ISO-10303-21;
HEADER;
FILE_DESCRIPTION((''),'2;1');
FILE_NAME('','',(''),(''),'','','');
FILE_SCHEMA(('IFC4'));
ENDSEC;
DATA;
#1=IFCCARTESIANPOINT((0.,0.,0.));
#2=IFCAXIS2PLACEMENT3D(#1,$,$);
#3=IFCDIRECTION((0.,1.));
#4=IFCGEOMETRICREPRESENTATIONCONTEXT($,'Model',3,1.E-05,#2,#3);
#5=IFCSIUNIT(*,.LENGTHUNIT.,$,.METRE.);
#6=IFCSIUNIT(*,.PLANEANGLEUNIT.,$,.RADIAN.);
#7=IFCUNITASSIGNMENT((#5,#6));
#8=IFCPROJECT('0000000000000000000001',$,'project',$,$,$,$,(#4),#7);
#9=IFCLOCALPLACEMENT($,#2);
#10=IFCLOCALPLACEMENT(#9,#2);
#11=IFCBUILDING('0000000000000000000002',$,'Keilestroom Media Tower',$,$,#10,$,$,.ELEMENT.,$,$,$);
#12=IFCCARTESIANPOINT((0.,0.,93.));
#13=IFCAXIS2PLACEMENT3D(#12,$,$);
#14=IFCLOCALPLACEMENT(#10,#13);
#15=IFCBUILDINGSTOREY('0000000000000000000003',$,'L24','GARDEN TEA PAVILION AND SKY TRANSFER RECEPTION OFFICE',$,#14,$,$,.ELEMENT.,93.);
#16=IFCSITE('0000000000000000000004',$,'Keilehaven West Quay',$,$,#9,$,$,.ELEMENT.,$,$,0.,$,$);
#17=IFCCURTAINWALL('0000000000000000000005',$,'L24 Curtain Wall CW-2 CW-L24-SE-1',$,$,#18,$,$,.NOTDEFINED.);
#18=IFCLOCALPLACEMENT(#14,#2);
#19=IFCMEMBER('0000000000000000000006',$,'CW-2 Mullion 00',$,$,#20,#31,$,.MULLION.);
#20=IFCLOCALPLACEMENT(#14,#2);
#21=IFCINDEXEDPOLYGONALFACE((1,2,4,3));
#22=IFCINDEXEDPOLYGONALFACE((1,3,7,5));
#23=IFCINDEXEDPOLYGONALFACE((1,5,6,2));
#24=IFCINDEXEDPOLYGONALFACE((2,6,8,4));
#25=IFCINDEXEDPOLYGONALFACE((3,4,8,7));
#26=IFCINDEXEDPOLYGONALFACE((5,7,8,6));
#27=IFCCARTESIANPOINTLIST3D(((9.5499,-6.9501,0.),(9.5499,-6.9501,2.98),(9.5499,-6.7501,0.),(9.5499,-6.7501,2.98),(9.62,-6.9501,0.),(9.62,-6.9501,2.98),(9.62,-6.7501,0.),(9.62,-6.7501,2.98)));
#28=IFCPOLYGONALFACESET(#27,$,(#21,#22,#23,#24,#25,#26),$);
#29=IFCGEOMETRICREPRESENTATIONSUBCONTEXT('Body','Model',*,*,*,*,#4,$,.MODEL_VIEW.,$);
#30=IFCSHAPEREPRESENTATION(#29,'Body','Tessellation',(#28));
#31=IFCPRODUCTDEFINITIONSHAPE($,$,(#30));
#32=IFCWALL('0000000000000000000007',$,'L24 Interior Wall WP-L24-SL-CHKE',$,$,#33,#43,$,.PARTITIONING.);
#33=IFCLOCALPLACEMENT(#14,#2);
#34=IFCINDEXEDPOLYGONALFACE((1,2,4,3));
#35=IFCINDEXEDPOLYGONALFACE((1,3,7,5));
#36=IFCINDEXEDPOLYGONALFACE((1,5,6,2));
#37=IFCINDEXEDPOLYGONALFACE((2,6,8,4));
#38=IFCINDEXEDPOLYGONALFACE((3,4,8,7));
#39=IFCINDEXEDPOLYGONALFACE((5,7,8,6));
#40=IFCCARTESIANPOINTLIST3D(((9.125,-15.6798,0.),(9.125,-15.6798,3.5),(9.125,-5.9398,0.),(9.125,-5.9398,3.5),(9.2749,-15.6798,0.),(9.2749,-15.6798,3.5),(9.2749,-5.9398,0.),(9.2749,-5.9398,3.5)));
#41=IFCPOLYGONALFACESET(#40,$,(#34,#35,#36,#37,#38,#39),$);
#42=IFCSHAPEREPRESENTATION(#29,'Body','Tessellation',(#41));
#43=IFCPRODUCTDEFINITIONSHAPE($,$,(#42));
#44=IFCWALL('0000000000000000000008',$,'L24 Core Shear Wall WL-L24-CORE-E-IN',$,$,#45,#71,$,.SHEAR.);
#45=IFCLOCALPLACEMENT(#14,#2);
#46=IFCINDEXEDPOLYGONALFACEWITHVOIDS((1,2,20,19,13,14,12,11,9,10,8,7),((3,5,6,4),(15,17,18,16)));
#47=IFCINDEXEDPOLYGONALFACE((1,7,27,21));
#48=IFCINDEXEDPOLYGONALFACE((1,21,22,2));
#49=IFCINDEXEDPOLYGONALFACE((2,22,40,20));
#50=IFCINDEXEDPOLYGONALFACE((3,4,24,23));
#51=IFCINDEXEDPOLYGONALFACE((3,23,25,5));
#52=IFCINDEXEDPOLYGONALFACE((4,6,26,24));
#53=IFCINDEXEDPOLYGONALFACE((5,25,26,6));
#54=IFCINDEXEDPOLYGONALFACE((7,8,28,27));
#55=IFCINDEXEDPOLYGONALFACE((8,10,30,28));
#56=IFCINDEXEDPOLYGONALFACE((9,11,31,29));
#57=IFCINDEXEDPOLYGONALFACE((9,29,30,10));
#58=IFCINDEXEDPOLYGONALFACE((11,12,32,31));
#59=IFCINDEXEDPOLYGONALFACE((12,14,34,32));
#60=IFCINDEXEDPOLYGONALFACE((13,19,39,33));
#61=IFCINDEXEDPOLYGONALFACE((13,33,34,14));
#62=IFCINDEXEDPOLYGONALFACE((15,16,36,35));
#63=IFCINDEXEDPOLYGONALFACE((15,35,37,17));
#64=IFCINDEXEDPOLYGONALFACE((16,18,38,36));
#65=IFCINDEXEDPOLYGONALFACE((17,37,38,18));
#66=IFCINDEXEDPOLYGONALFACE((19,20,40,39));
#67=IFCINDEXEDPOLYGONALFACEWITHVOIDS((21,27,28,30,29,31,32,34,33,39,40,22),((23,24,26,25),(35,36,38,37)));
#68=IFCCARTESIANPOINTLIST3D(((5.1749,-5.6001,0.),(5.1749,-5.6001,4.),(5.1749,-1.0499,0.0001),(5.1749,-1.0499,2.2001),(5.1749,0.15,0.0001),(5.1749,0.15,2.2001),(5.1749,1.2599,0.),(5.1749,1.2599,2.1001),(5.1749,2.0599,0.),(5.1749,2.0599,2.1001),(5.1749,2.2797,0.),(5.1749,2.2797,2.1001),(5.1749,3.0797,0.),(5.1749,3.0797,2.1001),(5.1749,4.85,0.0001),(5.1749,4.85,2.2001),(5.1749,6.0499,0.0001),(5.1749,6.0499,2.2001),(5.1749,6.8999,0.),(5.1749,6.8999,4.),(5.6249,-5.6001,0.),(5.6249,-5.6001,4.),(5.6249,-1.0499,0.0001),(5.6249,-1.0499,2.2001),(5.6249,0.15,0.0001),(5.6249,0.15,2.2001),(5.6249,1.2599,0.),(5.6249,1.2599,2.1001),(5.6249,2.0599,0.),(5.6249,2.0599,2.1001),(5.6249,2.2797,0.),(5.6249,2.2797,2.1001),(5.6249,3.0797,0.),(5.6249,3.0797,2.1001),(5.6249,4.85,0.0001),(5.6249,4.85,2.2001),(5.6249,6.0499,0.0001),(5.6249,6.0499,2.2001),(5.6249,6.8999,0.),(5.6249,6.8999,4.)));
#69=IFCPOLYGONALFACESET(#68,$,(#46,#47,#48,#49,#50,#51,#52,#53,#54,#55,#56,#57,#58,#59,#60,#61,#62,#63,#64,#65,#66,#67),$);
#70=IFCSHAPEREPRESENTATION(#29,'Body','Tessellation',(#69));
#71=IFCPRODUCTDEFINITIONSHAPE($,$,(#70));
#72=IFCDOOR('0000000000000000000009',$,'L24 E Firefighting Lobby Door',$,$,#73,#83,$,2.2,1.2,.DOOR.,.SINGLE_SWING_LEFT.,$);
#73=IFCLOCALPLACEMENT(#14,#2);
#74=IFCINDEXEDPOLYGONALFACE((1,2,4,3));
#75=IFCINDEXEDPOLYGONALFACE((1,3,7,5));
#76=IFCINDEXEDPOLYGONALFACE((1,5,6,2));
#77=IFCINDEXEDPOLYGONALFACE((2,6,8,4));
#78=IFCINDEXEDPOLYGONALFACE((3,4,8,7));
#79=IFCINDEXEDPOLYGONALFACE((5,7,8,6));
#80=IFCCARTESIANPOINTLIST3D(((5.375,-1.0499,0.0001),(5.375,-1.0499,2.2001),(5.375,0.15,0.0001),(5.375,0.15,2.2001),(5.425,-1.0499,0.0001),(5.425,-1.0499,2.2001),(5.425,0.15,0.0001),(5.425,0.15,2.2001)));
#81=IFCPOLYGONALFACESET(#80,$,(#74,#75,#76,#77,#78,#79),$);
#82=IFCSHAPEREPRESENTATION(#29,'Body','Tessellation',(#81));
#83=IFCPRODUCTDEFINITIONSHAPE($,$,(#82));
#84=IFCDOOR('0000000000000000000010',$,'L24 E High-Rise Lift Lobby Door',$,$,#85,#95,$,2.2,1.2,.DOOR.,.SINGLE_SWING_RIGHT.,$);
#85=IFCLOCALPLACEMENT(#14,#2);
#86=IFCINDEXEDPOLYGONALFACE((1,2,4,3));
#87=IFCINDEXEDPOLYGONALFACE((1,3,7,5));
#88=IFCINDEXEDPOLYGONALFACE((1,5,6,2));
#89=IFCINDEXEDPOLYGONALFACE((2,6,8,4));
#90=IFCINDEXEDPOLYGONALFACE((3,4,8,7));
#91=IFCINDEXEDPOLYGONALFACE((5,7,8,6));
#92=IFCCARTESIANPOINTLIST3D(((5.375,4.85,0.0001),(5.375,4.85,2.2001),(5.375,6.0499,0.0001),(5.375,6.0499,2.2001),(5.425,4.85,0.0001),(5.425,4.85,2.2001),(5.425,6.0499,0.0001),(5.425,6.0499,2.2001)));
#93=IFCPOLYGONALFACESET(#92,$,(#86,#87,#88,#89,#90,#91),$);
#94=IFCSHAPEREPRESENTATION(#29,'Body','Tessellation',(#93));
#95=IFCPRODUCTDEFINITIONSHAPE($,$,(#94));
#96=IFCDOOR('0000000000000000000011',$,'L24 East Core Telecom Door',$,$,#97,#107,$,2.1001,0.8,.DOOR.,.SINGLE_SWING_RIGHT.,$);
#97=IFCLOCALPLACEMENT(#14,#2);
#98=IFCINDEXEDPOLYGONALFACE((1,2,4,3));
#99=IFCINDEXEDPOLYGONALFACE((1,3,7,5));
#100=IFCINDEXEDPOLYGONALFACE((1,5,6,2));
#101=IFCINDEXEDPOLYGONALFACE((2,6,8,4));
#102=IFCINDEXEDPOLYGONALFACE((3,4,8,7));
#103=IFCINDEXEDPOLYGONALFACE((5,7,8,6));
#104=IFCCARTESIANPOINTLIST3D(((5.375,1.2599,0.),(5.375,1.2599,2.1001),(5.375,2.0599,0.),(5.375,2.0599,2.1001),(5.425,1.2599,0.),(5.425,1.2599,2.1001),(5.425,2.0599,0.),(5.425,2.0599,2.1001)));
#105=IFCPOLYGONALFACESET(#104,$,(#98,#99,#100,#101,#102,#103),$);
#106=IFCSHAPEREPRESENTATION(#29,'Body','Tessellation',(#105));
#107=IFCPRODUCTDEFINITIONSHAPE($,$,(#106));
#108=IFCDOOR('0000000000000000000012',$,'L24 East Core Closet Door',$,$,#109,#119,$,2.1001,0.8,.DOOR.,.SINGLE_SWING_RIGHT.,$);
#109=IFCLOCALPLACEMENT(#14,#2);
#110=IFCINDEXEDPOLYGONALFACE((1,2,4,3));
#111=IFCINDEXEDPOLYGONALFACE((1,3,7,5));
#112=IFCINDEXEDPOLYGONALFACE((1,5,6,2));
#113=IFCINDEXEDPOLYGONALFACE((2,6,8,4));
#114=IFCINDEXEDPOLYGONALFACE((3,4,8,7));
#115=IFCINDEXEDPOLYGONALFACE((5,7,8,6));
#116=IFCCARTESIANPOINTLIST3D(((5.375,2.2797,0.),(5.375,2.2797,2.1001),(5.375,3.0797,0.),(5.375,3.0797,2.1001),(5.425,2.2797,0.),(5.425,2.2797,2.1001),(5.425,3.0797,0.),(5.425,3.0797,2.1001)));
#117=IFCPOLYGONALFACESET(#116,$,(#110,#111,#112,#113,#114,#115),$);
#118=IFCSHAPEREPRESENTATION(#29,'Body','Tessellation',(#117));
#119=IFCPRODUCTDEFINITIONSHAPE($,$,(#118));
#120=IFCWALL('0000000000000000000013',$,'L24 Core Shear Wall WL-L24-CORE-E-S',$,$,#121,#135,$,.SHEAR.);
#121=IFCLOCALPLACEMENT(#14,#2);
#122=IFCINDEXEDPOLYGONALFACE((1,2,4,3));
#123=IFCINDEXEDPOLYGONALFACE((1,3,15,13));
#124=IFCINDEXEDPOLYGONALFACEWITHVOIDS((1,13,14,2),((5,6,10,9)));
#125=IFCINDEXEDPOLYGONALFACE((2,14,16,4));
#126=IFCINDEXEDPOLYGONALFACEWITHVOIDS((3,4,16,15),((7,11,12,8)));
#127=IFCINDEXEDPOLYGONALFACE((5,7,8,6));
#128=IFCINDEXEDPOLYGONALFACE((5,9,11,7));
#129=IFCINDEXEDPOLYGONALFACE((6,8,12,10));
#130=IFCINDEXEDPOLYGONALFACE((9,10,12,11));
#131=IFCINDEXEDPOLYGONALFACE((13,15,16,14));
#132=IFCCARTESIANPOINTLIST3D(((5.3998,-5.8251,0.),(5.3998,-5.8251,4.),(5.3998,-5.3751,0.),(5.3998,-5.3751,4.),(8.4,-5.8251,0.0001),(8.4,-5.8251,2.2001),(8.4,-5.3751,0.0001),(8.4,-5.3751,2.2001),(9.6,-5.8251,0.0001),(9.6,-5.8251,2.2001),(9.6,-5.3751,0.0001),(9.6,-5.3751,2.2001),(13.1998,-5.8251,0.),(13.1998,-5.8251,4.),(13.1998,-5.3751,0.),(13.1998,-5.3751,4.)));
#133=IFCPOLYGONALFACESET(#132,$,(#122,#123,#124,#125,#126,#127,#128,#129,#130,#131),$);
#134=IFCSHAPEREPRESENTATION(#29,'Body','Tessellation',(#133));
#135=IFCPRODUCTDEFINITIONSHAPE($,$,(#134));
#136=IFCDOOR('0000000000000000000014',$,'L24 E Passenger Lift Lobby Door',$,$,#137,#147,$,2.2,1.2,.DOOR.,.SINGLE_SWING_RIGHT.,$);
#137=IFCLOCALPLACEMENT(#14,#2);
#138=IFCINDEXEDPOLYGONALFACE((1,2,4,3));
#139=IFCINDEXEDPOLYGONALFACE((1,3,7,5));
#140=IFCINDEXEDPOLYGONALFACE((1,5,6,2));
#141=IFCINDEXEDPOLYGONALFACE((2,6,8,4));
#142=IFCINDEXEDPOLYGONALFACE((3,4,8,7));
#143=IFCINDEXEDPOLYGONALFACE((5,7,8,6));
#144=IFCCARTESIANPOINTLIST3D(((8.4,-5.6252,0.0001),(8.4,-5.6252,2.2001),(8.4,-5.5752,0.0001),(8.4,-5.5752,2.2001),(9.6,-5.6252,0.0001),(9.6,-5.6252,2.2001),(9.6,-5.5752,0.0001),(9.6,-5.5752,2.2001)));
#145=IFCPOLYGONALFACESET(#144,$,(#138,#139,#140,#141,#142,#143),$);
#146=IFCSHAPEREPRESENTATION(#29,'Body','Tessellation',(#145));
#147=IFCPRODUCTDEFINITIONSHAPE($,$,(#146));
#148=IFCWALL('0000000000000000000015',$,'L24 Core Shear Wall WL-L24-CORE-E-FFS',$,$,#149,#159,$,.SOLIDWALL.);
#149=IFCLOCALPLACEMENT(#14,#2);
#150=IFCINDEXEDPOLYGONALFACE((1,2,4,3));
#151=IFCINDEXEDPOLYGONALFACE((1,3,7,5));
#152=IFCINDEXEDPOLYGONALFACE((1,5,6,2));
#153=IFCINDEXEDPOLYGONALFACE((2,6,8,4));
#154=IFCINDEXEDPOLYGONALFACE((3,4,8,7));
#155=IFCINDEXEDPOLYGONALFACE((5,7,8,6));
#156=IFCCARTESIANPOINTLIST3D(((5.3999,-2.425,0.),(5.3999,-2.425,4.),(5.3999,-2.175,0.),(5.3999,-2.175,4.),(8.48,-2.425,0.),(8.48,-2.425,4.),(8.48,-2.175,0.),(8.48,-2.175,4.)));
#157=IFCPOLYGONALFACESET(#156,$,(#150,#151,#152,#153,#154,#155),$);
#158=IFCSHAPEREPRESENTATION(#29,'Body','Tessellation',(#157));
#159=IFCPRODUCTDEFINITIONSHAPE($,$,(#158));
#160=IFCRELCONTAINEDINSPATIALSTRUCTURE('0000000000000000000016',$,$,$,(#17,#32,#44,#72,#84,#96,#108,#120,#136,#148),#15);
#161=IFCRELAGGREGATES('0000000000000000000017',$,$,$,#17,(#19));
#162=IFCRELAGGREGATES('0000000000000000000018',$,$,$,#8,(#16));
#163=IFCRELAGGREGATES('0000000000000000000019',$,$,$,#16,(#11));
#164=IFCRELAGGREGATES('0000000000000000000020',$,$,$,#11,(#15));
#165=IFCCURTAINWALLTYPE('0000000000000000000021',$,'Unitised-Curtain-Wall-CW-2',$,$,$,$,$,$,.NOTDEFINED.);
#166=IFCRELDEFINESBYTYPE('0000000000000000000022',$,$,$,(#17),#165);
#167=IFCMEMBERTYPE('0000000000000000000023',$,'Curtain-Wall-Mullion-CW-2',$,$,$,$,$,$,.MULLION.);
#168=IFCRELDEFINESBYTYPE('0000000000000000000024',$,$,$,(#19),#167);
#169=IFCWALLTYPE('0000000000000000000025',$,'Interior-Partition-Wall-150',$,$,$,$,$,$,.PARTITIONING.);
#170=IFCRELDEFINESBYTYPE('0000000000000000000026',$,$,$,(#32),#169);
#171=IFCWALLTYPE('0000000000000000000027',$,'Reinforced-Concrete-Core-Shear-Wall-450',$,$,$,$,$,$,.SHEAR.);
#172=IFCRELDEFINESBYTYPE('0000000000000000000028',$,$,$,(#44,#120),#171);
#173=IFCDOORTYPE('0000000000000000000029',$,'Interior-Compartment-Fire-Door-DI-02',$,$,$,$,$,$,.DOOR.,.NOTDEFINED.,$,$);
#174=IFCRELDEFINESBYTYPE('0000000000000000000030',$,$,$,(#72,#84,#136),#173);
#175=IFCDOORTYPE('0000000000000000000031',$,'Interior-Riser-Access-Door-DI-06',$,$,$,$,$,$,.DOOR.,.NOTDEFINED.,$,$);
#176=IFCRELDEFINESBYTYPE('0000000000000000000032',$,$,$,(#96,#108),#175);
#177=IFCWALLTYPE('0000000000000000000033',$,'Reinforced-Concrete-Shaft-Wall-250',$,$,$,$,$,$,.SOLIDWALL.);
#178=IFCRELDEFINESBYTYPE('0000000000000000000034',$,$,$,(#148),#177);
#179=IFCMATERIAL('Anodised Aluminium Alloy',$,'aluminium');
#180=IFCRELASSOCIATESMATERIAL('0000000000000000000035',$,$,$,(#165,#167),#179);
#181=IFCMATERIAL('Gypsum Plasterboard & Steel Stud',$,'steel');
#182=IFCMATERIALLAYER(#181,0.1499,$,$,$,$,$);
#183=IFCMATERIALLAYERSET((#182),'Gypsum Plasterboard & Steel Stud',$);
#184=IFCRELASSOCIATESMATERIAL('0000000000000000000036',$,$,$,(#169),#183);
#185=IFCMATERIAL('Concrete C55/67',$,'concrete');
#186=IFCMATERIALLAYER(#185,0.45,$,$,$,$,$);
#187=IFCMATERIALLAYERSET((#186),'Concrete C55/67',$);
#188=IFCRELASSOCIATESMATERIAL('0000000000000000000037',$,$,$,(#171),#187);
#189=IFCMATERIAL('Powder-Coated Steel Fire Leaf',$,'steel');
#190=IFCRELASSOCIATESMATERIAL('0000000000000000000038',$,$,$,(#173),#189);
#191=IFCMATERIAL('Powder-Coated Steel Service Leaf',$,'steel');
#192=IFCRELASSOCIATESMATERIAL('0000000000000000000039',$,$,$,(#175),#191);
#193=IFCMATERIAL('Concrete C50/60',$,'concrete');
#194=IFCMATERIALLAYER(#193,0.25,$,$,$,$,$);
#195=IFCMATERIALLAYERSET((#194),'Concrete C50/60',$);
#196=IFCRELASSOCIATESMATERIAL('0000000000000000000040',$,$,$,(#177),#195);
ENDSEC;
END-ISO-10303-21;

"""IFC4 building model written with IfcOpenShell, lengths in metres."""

from ifc_helpers import new_model, si_unit, direction, frame, frame_2d, origin, origin_2d, place, context, subcontext, project, spatial, rectangle, extrude, source, transform, mapped, material, layer, layer_set, material_profile, profile_set, type_object, element, fill, aggregate, save


model = new_model("IFC4")

# Units and contexts
model_context = context("Model", 3, precision=1e-05, world=origin(), true_north=direction((0.0, 1.0)))
body_context = subcontext(model_context, "Body", "Model", "MODEL_VIEW")
ifc_project = project(units=[si_unit("LENGTHUNIT", "METRE"), si_unit("PLANEANGLEUNIT", "RADIAN")], contexts=[model_context])

# Site, building, storey
site_placement = place(None, origin())
site = spatial("IfcSite", under=ifc_project, at=site_placement, Name="Keilehaven West Quay", CompositionType="ELEMENT", RefElevation=0.0)
building_placement = place(site_placement, origin())
building = spatial("IfcBuilding", under=site, at=building_placement, Name="Keilestroom Media Tower", CompositionType="ELEMENT")
storey_placement = place(building_placement, frame((0.0, 0.0, 93.0)))
storey = spatial("IfcBuildingStorey", under=building, at=storey_placement, Name="L24", Description="GARDEN TEA PAVILION AND SKY TRANSFER RECEPTION OFFICE", CompositionType="ELEMENT", Elevation=93.0)

# Shared definitions
ifc_material_1 = material(Name="Concrete C55/67", Category="concrete")

# Curtain wall, member
ifc_material_2 = material(Name="Anodised Aluminium Alloy", Category="aluminium")
curtain_wall_type = type_object("IfcCurtainWallType", Name="Unitised-Curtain-Wall-CW-2", PredefinedType="NOTDEFINED", material=ifc_material_2)
curtain_wall_placement = place(storey_placement, origin())
curtain_wall = element("IfcCurtainWall", 1, at=curtain_wall_placement, inside=storey, type_object=curtain_wall_type, Name="L24 Curtain Wall CW-2 CW-L24-SE-1", PredefinedType="NOTDEFINED")
ifc_material_profile_1 = material_profile(ifc_material_2, rectangle(XDim=0.0701, YDim=0.2, at=origin_2d()), Name="ALU MULLION 70x200")
ifc_profile_set_1 = profile_set([ifc_material_profile_1], Name="Anodised Aluminium Alloy")
member_type = type_object("IfcMemberType", Name="Curtain-Wall-Mullion-CW-2", PredefinedType="MULLION", material=ifc_profile_set_1)
shared_shape_1 = source(origin(), body_context, "Body", "SweptSolid", [
    extrude(rectangle(XDim=0.0701, YDim=0.2, at=origin_2d()), origin(), (0.0, 0.0, 1.0), 2.98),
])
member_placement = place(storey_placement, frame((9.585, -6.8501, 0.0), z_axis=(0.0, 0.0, 1.0), x_axis=(1.0, 0.0, 0.0)))
member = element("IfcMember", 2, at=member_placement, type_object=member_type, Name="CW-2 Mullion 00", PredefinedType="MULLION", context=body_context, shape_type="MappedRepresentation", body=[
    mapped(shared_shape_1, transform((0.0, 0.0, 0.0), x_axis=(1.0, 0.0, 0.0), y_axis=(0.0, 1.0, 0.0), z_axis=(0.0, 0.0, 1.0), scale=1.0)),
])
aggregate(curtain_wall, [member])

# Wall
ifc_material_3 = material(Name="Gypsum Plasterboard & Steel Stud", Category="steel")
ifc_layer_1 = layer(ifc_material_3, 0.1499)
ifc_layer_set_1 = layer_set([ifc_layer_1], Name="Gypsum Plasterboard & Steel Stud")
wall_type_1 = type_object("IfcWallType", Name="Interior-Partition-Wall-150", PredefinedType="PARTITIONING", material=ifc_layer_set_1)
wall_1_placement = place(storey_placement, frame((9.2, -15.6799, 0.0), z_axis=(0.0, 0.0, 1.0), x_axis=(0.0, 1.0, 0.0)))
element("IfcWall", 3, at=wall_1_placement, inside=storey, type_object=wall_type_1, Name="L24 Interior Wall WP-L24-SL-CHKE", PredefinedType="PARTITIONING", context=body_context, shape_type="SweptSolid", body=[
    extrude(rectangle(XDim=9.74, YDim=0.1499, at=frame_2d((4.8701, 0.0))), origin(), (0.0, 0.0, 1.0), 3.5),
])

# Wall, openings, doors
ifc_layer_2 = layer(ifc_material_1, 0.45)
ifc_layer_set_2 = layer_set([ifc_layer_2], Name="Concrete C55/67")
wall_type_2 = type_object("IfcWallType", Name="Reinforced-Concrete-Core-Shear-Wall-450", PredefinedType="SHEAR", material=ifc_layer_set_2)
wall_2_placement = place(storey_placement, frame((5.3999, -5.6001, 0.0), z_axis=(0.0, 0.0, 1.0), x_axis=(0.0, 1.0, 0.0)))
wall_2 = element("IfcWall", 4, at=wall_2_placement, inside=storey, type_object=wall_type_2, Name="L24 Core Shear Wall WL-L24-CORE-E-IN", PredefinedType="SHEAR", context=body_context, shape_type="SweptSolid", body=[
    extrude(rectangle(XDim=12.5, YDim=0.45, at=frame_2d((6.25, 0.0))), origin(), (0.0, 0.0, 1.0), 4.0),
])
opening_1_placement = place(wall_2_placement, frame((4.55, 0.0, 0.0)))
opening_1 = element("IfcOpeningElement", 5, at=opening_1_placement, cuts=wall_2, PredefinedType="OPENING", context=body_context, shape_type="SweptSolid", body=[
    extrude(rectangle(XDim=1.2, YDim=2.2, at=frame_2d((0.6001, 1.1001))), frame((0.0, 0.2349, 0.0), z_axis=(0.0, -1.0, 0.0), x_axis=(1.0, 0.0, 0.0)), (0.0, 0.0, 1.0), 0.47),
])
opening_2_placement = place(wall_2_placement, frame((10.45, 0.0, 0.0)))
opening_2 = element("IfcOpeningElement", 6, at=opening_2_placement, cuts=wall_2, PredefinedType="OPENING", context=body_context, shape_type="SweptSolid", body=[
    extrude(rectangle(XDim=1.2, YDim=2.2, at=frame_2d((0.6001, 1.1001))), frame((0.0, 0.2349, 0.0), z_axis=(0.0, -1.0, 0.0), x_axis=(1.0, 0.0, 0.0)), (0.0, 0.0, 1.0), 0.47),
])
opening_3_placement = place(wall_2_placement, frame((6.8601, 0.0, 0.0)))
opening_3 = element("IfcOpeningElement", 7, at=opening_3_placement, cuts=wall_2, PredefinedType="OPENING", context=body_context, shape_type="SweptSolid", body=[
    extrude(rectangle(XDim=0.8, YDim=2.1001, at=frame_2d((0.3999, 1.05))), frame((0.0, 0.2349, 0.0), z_axis=(0.0, -1.0, 0.0), x_axis=(1.0, 0.0, 0.0)), (0.0, 0.0, 1.0), 0.47),
])
opening_4_placement = place(wall_2_placement, frame((7.8799, 0.0, 0.0)))
opening_4 = element("IfcOpeningElement", 8, at=opening_4_placement, cuts=wall_2, PredefinedType="OPENING", context=body_context, shape_type="SweptSolid", body=[
    extrude(rectangle(XDim=0.8, YDim=2.1001, at=frame_2d((0.3999, 1.05))), frame((0.0, 0.2349, 0.0), z_axis=(0.0, -1.0, 0.0), x_axis=(1.0, 0.0, 0.0)), (0.0, 0.0, 1.0), 0.47),
])
ifc_material_4 = material(Name="Powder-Coated Steel Fire Leaf", Category="steel")
door_type_1 = type_object("IfcDoorType", Name="Interior-Compartment-Fire-Door-DI-02", OperationType="NOTDEFINED", PredefinedType="DOOR", material=ifc_material_4)
shared_shape_2 = source(origin(), body_context, "Body", "SweptSolid", [
    extrude(rectangle(XDim=1.2, YDim=2.2, at=frame_2d((0.6001, 1.1001))), frame((0.0, 0.0249, 0.0), z_axis=(0.0, -1.0, 0.0), x_axis=(1.0, 0.0, 0.0)), (0.0, 0.0, 1.0), 0.05),
])
door_1_placement = place(opening_1_placement, origin())
door_1 = element("IfcDoor", 9, at=door_1_placement, inside=storey, type_object=door_type_1, Name="L24 E Firefighting Lobby Door", OperationType="SINGLE_SWING_LEFT", OverallHeight=2.2, OverallWidth=1.2, PredefinedType="DOOR", context=body_context, shape_type="MappedRepresentation", body=[
    mapped(shared_shape_2, transform((0.0, 0.0, 0.0), x_axis=(1.0, 0.0, 0.0), y_axis=(0.0, 1.0, 0.0), z_axis=(0.0, 0.0, 1.0), scale=1.0)),
])
fill(opening_1, door_1)
door_2_placement = place(opening_2_placement, origin())
door_2 = element("IfcDoor", 10, at=door_2_placement, inside=storey, type_object=door_type_1, Name="L24 E High-Rise Lift Lobby Door", OperationType="SINGLE_SWING_RIGHT", OverallHeight=2.2, OverallWidth=1.2, PredefinedType="DOOR", context=body_context, shape_type="MappedRepresentation", body=[
    mapped(shared_shape_2, transform((0.0, 0.0, 0.0), x_axis=(1.0, 0.0, 0.0), y_axis=(0.0, 1.0, 0.0), z_axis=(0.0, 0.0, 1.0), scale=1.0)),
])
fill(opening_2, door_2)
ifc_material_5 = material(Name="Powder-Coated Steel Service Leaf", Category="steel")
door_type_2 = type_object("IfcDoorType", Name="Interior-Riser-Access-Door-DI-06", OperationType="NOTDEFINED", PredefinedType="DOOR", material=ifc_material_5)
shared_shape_3 = source(origin(), body_context, "Body", "SweptSolid", [
    extrude(rectangle(XDim=0.8, YDim=2.1001, at=frame_2d((0.3999, 1.05))), frame((0.0, 0.0249, 0.0), z_axis=(0.0, -1.0, 0.0), x_axis=(1.0, 0.0, 0.0)), (0.0, 0.0, 1.0), 0.05),
])
door_3_placement = place(opening_3_placement, origin())
door_3 = element("IfcDoor", 11, at=door_3_placement, inside=storey, type_object=door_type_2, Name="L24 East Core Telecom Door", OperationType="SINGLE_SWING_RIGHT", OverallHeight=2.1001, OverallWidth=0.8, PredefinedType="DOOR", context=body_context, shape_type="MappedRepresentation", body=[
    mapped(shared_shape_3, transform((0.0, 0.0, 0.0), x_axis=(1.0, 0.0, 0.0), y_axis=(0.0, 1.0, 0.0), z_axis=(0.0, 0.0, 1.0), scale=1.0)),
])
fill(opening_3, door_3)
door_4_placement = place(opening_4_placement, origin())
door_4 = element("IfcDoor", 12, at=door_4_placement, inside=storey, type_object=door_type_2, Name="L24 East Core Closet Door", OperationType="SINGLE_SWING_RIGHT", OverallHeight=2.1001, OverallWidth=0.8, PredefinedType="DOOR", context=body_context, shape_type="MappedRepresentation", body=[
    mapped(shared_shape_3, transform((0.0, 0.0, 0.0), x_axis=(1.0, 0.0, 0.0), y_axis=(0.0, 1.0, 0.0), z_axis=(0.0, 0.0, 1.0), scale=1.0)),
])
fill(opening_4, door_4)

# Wall, opening, door
wall_3_placement = place(storey_placement, frame((5.3999, -5.6001, 0.0), z_axis=(0.0, 0.0, 1.0), x_axis=(1.0, 0.0, 0.0)))
wall_3 = element("IfcWall", 13, at=wall_3_placement, inside=storey, type_object=wall_type_2, Name="L24 Core Shear Wall WL-L24-CORE-E-S", PredefinedType="SHEAR", context=body_context, shape_type="SweptSolid", body=[
    extrude(rectangle(XDim=7.8, YDim=0.45, at=frame_2d((3.8999, 0.0))), origin(), (0.0, 0.0, 1.0), 4.0),
])
opening_5_placement = place(wall_3_placement, frame((3.0, 0.0, 0.0)))
opening_5 = element("IfcOpeningElement", 14, at=opening_5_placement, cuts=wall_3, PredefinedType="OPENING", context=body_context, shape_type="SweptSolid", body=[
    extrude(rectangle(XDim=1.2, YDim=2.2, at=frame_2d((0.6001, 1.1001))), frame((0.0, 0.2349, 0.0), z_axis=(0.0, -1.0, 0.0), x_axis=(1.0, 0.0, 0.0)), (0.0, 0.0, 1.0), 0.47),
])
door_5_placement = place(opening_5_placement, origin())
door_5 = element("IfcDoor", 15, at=door_5_placement, inside=storey, type_object=door_type_1, Name="L24 E Passenger Lift Lobby Door", OperationType="SINGLE_SWING_RIGHT", OverallHeight=2.2, OverallWidth=1.2, PredefinedType="DOOR", context=body_context, shape_type="MappedRepresentation", body=[
    mapped(shared_shape_2, transform((0.0, 0.0, 0.0), x_axis=(1.0, 0.0, 0.0), y_axis=(0.0, 1.0, 0.0), z_axis=(0.0, 0.0, 1.0), scale=1.0)),
])
fill(opening_5, door_5)

# Wall
ifc_material_6 = material(Name="Concrete C50/60", Category="concrete")
ifc_layer_3 = layer(ifc_material_6, 0.25)
ifc_layer_set_3 = layer_set([ifc_layer_3], Name="Concrete C50/60")
wall_type_3 = type_object("IfcWallType", Name="Reinforced-Concrete-Shaft-Wall-250", PredefinedType="SOLIDWALL", material=ifc_layer_set_3)
wall_4_placement = place(storey_placement, frame((5.3999, -2.3, 0.0), z_axis=(0.0, 0.0, 1.0), x_axis=(1.0, 0.0, 0.0)))
element("IfcWall", 16, at=wall_4_placement, inside=storey, type_object=wall_type_3, Name="L24 Core Shear Wall WL-L24-CORE-E-FFS", PredefinedType="SOLIDWALL", context=body_context, shape_type="SweptSolid", body=[
    extrude(rectangle(XDim=3.0801, YDim=0.25, at=frame_2d((1.54, 0.0))), origin(), (0.0, 0.0, 1.0), 4.0),
])

save(model, "model.ifc")
